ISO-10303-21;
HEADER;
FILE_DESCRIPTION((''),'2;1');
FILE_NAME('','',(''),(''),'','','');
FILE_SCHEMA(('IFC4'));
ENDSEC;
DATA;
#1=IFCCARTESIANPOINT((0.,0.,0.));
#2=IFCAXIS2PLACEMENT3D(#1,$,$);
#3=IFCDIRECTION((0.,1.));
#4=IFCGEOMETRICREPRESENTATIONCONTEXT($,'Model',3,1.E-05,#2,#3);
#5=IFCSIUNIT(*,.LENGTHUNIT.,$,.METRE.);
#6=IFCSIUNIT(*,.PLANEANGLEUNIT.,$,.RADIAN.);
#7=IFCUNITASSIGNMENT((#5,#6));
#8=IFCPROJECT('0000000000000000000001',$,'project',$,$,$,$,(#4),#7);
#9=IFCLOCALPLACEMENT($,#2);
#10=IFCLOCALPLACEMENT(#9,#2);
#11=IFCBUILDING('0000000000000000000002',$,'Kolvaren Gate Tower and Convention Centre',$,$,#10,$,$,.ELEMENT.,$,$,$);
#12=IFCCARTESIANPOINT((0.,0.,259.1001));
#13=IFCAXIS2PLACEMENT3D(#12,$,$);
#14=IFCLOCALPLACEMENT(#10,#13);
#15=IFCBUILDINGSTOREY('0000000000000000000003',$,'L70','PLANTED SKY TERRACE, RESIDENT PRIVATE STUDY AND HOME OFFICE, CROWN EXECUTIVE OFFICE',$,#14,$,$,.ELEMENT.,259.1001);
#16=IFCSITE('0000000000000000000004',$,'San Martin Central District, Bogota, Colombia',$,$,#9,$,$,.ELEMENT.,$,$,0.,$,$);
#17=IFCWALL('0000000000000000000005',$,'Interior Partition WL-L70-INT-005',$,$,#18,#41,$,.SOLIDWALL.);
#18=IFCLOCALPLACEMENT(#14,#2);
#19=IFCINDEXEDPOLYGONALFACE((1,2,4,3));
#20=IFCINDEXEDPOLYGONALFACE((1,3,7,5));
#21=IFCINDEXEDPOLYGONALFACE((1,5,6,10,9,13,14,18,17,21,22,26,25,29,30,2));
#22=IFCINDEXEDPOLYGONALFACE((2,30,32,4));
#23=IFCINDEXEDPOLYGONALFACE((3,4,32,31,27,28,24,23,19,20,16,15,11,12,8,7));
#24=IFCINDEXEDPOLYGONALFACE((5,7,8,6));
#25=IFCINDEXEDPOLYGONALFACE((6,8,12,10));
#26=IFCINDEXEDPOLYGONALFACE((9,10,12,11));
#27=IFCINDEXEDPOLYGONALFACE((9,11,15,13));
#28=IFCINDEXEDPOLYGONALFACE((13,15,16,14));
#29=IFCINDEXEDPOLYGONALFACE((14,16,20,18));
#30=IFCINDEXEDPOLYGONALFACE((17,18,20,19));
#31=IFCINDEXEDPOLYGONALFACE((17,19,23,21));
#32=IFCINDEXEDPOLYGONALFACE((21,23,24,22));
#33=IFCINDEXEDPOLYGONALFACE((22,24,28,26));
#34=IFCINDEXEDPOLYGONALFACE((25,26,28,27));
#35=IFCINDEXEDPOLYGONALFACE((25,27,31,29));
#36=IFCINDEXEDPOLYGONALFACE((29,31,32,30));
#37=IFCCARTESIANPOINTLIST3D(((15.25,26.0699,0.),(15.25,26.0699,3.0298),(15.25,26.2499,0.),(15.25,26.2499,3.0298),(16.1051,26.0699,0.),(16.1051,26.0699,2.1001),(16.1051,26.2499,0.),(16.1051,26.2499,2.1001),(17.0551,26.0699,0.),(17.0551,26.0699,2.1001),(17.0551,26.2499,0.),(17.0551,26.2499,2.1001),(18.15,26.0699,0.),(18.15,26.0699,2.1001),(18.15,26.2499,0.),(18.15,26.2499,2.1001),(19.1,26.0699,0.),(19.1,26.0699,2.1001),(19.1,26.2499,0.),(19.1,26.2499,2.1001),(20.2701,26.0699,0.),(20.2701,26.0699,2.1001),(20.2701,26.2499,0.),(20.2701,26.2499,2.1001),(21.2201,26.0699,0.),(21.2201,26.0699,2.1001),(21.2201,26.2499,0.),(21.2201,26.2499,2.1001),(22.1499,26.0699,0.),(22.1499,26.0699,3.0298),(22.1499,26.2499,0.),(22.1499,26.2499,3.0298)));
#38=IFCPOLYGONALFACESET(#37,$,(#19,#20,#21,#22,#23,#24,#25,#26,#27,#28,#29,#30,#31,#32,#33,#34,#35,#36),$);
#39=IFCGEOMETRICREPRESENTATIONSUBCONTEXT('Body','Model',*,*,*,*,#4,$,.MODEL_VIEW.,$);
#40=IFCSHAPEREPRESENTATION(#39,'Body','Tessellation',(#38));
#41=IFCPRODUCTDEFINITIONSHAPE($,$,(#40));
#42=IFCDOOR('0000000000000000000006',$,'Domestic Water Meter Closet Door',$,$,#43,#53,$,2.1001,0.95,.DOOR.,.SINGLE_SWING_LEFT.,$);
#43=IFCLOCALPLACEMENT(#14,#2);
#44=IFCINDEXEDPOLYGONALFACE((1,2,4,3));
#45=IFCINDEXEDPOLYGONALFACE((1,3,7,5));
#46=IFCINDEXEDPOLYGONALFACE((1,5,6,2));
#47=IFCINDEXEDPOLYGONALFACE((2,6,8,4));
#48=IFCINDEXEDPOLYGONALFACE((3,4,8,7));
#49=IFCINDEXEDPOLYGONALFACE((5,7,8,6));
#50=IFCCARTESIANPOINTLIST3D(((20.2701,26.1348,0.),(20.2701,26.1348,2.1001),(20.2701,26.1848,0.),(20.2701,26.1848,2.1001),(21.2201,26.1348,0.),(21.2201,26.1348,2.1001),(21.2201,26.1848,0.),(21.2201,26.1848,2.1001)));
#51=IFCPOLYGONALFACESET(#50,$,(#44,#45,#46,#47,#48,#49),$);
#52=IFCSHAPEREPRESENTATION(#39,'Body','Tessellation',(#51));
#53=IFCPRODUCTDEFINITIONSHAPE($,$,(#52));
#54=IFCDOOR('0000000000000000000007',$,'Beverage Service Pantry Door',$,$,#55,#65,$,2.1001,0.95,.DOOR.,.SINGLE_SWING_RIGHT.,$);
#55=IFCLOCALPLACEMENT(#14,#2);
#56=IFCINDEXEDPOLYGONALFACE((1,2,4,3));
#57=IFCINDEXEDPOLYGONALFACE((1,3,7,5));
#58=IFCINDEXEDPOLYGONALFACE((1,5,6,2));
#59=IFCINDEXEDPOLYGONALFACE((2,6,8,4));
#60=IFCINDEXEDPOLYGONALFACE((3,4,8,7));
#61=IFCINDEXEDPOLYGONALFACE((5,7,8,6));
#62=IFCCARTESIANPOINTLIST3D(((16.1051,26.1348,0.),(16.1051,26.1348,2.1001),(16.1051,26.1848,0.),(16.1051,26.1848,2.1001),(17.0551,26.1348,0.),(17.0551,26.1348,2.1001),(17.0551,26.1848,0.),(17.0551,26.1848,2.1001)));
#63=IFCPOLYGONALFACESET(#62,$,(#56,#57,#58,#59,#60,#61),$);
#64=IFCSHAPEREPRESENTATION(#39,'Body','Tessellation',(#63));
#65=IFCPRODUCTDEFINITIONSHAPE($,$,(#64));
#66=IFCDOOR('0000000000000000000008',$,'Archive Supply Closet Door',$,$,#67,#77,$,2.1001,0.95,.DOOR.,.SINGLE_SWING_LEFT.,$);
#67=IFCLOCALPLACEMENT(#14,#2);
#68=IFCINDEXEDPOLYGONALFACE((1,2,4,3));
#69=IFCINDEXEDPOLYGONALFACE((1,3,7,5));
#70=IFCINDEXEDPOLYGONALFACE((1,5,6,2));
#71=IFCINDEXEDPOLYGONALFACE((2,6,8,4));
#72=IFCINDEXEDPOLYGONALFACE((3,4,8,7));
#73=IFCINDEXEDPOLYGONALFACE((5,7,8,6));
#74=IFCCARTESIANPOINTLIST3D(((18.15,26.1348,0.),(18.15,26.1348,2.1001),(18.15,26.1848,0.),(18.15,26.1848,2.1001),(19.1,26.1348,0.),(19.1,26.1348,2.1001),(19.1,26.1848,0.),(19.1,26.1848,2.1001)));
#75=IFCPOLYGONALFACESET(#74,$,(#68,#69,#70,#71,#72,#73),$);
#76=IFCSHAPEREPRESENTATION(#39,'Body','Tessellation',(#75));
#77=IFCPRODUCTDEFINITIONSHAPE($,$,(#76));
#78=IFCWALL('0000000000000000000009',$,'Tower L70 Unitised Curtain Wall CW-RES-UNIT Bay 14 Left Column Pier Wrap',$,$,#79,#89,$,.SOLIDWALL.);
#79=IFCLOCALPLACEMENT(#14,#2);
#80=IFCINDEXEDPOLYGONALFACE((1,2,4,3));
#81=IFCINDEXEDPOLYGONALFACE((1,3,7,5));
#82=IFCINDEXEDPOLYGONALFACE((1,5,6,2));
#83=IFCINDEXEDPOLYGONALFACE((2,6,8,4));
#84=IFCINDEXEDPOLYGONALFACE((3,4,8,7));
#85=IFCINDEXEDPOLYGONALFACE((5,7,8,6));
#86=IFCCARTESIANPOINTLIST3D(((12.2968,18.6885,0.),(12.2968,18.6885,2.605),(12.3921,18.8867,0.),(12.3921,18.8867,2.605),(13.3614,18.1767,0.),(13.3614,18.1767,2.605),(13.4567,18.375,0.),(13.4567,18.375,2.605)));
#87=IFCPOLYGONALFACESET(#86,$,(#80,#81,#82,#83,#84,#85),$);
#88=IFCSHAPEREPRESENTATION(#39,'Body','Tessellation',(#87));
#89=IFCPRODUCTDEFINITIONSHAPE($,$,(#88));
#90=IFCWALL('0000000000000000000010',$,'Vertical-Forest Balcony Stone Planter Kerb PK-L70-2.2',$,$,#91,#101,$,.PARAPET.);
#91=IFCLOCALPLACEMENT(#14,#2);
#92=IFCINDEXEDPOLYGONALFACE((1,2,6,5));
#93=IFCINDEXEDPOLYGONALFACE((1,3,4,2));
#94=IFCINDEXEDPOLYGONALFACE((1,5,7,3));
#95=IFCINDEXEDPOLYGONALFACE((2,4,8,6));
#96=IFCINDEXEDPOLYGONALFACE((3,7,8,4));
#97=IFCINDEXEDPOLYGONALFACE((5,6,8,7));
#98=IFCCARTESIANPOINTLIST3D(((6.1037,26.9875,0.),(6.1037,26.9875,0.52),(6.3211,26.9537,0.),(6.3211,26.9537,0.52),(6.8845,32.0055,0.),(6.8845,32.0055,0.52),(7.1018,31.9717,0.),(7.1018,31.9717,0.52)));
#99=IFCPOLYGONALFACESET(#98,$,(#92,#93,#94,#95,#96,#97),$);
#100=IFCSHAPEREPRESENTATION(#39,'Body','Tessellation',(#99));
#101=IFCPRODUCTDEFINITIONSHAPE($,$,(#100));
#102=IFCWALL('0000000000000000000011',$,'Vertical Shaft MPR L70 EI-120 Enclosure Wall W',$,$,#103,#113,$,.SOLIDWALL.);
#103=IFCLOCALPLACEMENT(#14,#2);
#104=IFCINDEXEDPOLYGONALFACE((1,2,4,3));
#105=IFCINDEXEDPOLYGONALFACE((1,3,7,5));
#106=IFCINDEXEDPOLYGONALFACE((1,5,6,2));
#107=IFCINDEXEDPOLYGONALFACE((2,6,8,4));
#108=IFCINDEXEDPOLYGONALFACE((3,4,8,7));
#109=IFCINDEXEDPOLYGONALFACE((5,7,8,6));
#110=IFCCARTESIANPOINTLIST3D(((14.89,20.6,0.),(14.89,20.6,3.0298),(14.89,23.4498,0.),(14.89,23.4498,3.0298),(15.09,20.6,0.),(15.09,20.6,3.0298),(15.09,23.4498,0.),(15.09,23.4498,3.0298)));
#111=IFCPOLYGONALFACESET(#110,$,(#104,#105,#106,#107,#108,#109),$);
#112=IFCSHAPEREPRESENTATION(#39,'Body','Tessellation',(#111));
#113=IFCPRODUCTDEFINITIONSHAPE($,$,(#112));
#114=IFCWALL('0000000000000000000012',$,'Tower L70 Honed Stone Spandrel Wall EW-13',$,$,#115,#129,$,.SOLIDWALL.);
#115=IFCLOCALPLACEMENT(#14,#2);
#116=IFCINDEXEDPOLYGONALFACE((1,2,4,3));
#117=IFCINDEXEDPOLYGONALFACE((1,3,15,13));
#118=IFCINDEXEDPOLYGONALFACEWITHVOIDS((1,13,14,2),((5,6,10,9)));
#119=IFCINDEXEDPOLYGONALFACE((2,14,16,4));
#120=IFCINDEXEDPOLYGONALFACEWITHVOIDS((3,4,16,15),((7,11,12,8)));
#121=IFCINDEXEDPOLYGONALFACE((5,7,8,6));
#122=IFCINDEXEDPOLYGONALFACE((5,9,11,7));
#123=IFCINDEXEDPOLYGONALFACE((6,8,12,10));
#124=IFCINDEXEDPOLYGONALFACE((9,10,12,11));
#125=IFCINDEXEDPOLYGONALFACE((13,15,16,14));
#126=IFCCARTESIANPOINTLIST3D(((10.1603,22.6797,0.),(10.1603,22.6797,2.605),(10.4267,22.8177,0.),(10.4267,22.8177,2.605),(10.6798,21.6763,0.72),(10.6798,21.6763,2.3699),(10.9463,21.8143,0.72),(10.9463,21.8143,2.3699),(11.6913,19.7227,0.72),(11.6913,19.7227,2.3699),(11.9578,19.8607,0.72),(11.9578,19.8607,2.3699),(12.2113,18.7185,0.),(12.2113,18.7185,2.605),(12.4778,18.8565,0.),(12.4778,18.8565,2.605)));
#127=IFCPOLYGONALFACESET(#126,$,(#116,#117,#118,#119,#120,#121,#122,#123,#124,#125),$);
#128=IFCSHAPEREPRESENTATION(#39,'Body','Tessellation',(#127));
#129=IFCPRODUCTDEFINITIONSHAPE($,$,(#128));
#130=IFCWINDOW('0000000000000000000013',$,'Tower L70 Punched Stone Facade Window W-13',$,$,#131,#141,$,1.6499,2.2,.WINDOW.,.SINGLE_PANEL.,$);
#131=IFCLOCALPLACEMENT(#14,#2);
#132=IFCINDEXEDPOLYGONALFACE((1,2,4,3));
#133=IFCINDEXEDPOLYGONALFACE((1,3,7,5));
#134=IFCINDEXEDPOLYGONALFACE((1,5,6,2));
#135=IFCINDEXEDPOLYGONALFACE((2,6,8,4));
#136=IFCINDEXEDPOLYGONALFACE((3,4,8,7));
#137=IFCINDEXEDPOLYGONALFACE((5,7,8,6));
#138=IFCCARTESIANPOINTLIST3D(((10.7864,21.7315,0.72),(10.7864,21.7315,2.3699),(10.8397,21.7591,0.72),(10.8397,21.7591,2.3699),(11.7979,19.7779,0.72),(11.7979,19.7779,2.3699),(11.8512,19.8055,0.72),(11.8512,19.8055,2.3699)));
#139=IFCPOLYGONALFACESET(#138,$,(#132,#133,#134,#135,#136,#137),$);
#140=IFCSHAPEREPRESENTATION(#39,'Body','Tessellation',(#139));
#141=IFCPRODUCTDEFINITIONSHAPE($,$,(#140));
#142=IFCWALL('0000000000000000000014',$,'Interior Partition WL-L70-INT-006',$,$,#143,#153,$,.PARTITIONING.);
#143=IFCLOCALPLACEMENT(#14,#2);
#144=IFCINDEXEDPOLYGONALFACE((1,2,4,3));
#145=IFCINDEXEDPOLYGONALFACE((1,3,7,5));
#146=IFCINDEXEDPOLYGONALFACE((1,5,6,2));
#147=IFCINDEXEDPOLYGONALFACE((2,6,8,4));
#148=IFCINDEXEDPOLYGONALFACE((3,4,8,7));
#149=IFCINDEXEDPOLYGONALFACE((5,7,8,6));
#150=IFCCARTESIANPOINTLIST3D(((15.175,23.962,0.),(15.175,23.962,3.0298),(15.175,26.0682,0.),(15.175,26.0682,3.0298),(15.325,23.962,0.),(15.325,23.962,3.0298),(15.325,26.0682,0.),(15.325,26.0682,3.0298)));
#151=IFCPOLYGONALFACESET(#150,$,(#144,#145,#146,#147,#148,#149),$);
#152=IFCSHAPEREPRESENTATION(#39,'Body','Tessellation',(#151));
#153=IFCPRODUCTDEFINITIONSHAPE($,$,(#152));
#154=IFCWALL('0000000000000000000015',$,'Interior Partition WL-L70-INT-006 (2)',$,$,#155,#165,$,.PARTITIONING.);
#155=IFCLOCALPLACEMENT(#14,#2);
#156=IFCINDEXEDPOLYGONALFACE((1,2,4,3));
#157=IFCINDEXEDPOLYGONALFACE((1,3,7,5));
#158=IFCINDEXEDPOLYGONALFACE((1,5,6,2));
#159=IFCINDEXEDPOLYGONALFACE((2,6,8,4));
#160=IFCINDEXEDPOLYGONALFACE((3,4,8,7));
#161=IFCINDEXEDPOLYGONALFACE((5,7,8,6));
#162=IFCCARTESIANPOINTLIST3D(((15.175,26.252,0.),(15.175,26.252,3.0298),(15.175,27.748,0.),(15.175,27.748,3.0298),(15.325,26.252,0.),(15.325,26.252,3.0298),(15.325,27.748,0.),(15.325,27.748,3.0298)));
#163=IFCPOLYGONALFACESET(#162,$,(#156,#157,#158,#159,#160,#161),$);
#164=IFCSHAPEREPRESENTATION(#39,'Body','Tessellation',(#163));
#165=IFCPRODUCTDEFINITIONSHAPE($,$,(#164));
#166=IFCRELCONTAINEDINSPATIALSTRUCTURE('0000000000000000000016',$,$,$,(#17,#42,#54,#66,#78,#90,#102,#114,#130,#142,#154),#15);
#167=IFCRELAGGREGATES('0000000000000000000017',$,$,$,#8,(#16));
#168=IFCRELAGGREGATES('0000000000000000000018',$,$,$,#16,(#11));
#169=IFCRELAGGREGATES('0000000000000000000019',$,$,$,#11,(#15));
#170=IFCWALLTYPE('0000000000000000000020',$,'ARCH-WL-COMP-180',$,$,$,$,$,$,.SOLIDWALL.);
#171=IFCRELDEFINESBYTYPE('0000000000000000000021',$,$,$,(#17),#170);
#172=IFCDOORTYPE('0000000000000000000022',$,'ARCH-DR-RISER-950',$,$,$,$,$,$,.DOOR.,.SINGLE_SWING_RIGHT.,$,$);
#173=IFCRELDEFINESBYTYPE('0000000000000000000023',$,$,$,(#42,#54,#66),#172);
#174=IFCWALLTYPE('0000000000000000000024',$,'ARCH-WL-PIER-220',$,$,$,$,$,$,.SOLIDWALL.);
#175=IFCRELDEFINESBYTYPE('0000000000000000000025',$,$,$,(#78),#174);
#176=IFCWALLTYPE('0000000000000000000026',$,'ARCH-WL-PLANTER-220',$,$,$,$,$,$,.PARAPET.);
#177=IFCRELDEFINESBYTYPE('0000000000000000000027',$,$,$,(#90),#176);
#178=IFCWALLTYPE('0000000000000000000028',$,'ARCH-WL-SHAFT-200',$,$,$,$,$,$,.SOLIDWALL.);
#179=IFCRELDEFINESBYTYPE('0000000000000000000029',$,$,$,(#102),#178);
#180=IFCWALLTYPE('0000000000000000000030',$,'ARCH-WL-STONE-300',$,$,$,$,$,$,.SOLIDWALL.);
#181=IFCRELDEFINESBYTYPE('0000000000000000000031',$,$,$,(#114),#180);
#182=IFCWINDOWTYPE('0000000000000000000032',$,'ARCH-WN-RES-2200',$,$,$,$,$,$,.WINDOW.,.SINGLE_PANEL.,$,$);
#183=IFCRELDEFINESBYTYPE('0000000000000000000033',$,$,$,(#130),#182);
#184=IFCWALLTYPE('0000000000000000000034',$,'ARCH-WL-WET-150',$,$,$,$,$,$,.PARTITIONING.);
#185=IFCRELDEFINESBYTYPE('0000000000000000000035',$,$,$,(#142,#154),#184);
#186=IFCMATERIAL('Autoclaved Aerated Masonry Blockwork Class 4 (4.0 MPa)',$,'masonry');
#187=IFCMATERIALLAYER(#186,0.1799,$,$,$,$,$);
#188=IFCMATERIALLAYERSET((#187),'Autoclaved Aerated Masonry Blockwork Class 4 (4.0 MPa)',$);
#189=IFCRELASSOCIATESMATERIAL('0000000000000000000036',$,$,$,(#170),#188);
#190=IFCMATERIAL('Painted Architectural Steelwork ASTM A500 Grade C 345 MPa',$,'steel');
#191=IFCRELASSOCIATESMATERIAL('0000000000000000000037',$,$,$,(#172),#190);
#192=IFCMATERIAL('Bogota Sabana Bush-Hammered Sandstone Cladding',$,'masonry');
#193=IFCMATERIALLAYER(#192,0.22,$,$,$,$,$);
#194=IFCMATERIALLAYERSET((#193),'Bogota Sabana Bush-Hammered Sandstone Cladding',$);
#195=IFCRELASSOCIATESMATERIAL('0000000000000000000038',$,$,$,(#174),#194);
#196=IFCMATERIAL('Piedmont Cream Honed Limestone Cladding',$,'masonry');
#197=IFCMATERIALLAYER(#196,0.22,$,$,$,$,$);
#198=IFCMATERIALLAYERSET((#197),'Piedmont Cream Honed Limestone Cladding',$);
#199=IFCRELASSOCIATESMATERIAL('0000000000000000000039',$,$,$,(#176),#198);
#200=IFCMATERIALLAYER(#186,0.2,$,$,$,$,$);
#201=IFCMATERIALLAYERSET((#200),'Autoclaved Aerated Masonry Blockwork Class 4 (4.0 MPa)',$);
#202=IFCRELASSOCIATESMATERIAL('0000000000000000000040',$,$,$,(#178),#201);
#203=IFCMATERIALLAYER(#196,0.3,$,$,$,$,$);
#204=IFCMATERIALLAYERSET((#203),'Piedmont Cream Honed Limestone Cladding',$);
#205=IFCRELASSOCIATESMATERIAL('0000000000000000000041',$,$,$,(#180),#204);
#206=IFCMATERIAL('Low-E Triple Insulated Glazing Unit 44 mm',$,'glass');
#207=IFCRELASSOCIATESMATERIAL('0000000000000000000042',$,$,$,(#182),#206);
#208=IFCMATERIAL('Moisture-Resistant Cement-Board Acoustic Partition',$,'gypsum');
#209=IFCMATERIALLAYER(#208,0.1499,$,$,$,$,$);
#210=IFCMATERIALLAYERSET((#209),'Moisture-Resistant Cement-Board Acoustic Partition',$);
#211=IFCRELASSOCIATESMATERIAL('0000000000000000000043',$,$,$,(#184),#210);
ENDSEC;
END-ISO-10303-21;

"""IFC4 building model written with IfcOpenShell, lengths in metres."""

from ifc_helpers import new_model, si_unit, direction, frame, frame_2d, origin, place, context, subcontext, project, spatial, rectangle, extrude, material, layer, layer_set, type_object, element, fill, save


model = new_model("IFC4")

# Units and contexts
model_context = context("Model", 3, precision=1e-05, world=origin(), true_north=direction((0.0, 1.0)))
body_context = subcontext(model_context, "Body", "Model", "MODEL_VIEW")
ifc_project = project(units=[si_unit("LENGTHUNIT", "METRE"), si_unit("PLANEANGLEUNIT", "RADIAN")], contexts=[model_context])

# Site, building, storey
site_placement = place(None, origin())
site = spatial("IfcSite", under=ifc_project, at=site_placement, Name="San Martin Central District, Bogota, Colombia", CompositionType="ELEMENT", RefElevation=0.0)
building_placement = place(site_placement, origin())
building = spatial("IfcBuilding", under=site, at=building_placement, Name="Kolvaren Gate Tower and Convention Centre", CompositionType="ELEMENT")
storey_placement = place(building_placement, frame((0.0, 0.0, 259.1001)))
storey = spatial("IfcBuildingStorey", under=building, at=storey_placement, Name="L70", Description="PLANTED SKY TERRACE, RESIDENT PRIVATE STUDY AND HOME OFFICE, CROWN EXECUTIVE OFFICE", CompositionType="ELEMENT", Elevation=259.1001)

# Shared definitions
ifc_material_1 = material(Name="Low-E Triple Insulated Glazing Unit 44 mm", Category="glass")

# Wall, openings, doors
ifc_material_2 = material(Name="Autoclaved Aerated Masonry Blockwork Class 4 (4.0 MPa)", Category="masonry")
ifc_layer_1 = layer(ifc_material_2, 0.1799)
ifc_layer_set_1 = layer_set([ifc_layer_1], Name="Autoclaved Aerated Masonry Blockwork Class 4 (4.0 MPa)")
wall_type_1 = type_object("IfcWallType", Name="ARCH-WL-COMP-180", PredefinedType="SOLIDWALL", material=ifc_layer_set_1)
wall_1_placement = place(storey_placement, frame((15.25, 26.1599, 0.0), z_axis=(0.0, 0.0, 1.0), x_axis=(1.0, 0.0, 0.0)))
wall_1 = element("IfcWall", 1, at=wall_1_placement, inside=storey, type_object=wall_type_1, Name="Interior Partition WL-L70-INT-005", PredefinedType="SOLIDWALL", context=body_context, shape_type="SweptSolid", body=[
    extrude(rectangle(XDim=6.8999, YDim=0.1799, at=frame_2d((3.45, 0.0))), origin(), (0.0, 0.0, 1.0), 3.0298),
])
opening_1_placement = place(wall_1_placement, frame((5.02, 0.0, 0.0)))
opening_1 = element("IfcOpeningElement", 2, at=opening_1_placement, cuts=wall_1, PredefinedType="OPENING", context=body_context, shape_type="SweptSolid", body=[
    extrude(rectangle(XDim=0.95, YDim=2.1001, at=frame_2d((0.4751, 1.05))), frame((0.0, 0.0999, 0.0), z_axis=(0.0, -1.0, 0.0), x_axis=(1.0, 0.0, 0.0)), (0.0, 0.0, 1.0), 0.2),
])
opening_2_placement = place(wall_1_placement, frame((0.855, 0.0, 0.0)))
opening_2 = element("IfcOpeningElement", 3, at=opening_2_placement, cuts=wall_1, PredefinedType="OPENING", context=body_context, shape_type="SweptSolid", body=[
    extrude(rectangle(XDim=0.95, YDim=2.1001, at=frame_2d((0.4751, 1.05))), frame((0.0, 0.0999, 0.0), z_axis=(0.0, -1.0, 0.0), x_axis=(1.0, 0.0, 0.0)), (0.0, 0.0, 1.0), 0.2),
])
opening_3_placement = place(wall_1_placement, frame((2.8999, 0.0, 0.0)))
opening_3 = element("IfcOpeningElement", 4, at=opening_3_placement, cuts=wall_1, PredefinedType="OPENING", context=body_context, shape_type="SweptSolid", body=[
    extrude(rectangle(XDim=0.95, YDim=2.1001, at=frame_2d((0.4751, 1.05))), frame((0.0, 0.0999, 0.0), z_axis=(0.0, -1.0, 0.0), x_axis=(1.0, 0.0, 0.0)), (0.0, 0.0, 1.0), 0.2),
])
ifc_material_3 = material(Name="Painted Architectural Steelwork ASTM A500 Grade C 345 MPa", Category="steel")
door_type = type_object("IfcDoorType", Name="ARCH-DR-RISER-950", OperationType="SINGLE_SWING_RIGHT", PredefinedType="DOOR", material=ifc_material_3)
door_1_placement = place(opening_1_placement, origin())
door_1 = element("IfcDoor", 5, at=door_1_placement, inside=storey, type_object=door_type, Name="Domestic Water Meter Closet Door", OperationType="SINGLE_SWING_LEFT", OverallHeight=2.1001, OverallWidth=0.95, PredefinedType="DOOR", context=body_context, shape_type="SweptSolid", body=[
    extrude(rectangle(XDim=0.95, YDim=2.1001, at=frame_2d((0.4751, 1.05))), frame((0.0, 0.0249, 0.0), z_axis=(0.0, -1.0, 0.0), x_axis=(1.0, 0.0, 0.0)), (0.0, 0.0, 1.0), 0.05),
])
fill(opening_1, door_1)
door_2_placement = place(opening_2_placement, origin())
door_2 = element("IfcDoor", 6, at=door_2_placement, inside=storey, type_object=door_type, Name="Beverage Service Pantry Door", OperationType="SINGLE_SWING_RIGHT", OverallHeight=2.1001, OverallWidth=0.95, PredefinedType="DOOR", context=body_context, shape_type="SweptSolid", body=[
    extrude(rectangle(XDim=0.95, YDim=2.1001, at=frame_2d((0.4751, 1.05))), frame((0.0, 0.0249, 0.0), z_axis=(0.0, -1.0, 0.0), x_axis=(1.0, 0.0, 0.0)), (0.0, 0.0, 1.0), 0.05),
])
fill(opening_2, door_2)
door_3_placement = place(opening_3_placement, origin())
door_3 = element("IfcDoor", 7, at=door_3_placement, inside=storey, type_object=door_type, Name="Archive Supply Closet Door", OperationType="SINGLE_SWING_LEFT", OverallHeight=2.1001, OverallWidth=0.95, PredefinedType="DOOR", context=body_context, shape_type="SweptSolid", body=[
    extrude(rectangle(XDim=0.95, YDim=2.1001, at=frame_2d((0.4751, 1.05))), frame((0.0, 0.0249, 0.0), z_axis=(0.0, -1.0, 0.0), x_axis=(1.0, 0.0, 0.0)), (0.0, 0.0, 1.0), 0.05),
])
fill(opening_3, door_3)

# Walls
ifc_material_4 = material(Name="Bogota Sabana Bush-Hammered Sandstone Cladding", Category="masonry")
ifc_layer_2 = layer(ifc_material_4, 0.22)
ifc_layer_set_2 = layer_set([ifc_layer_2], Name="Bogota Sabana Bush-Hammered Sandstone Cladding")
wall_type_2 = type_object("IfcWallType", Name="ARCH-WL-PIER-220", PredefinedType="SOLIDWALL", material=ifc_layer_set_2)
wall_2_placement = place(storey_placement, frame((12.3445, 18.7876, 0.0), z_axis=(0.0, 0.0, 1.0), x_axis=(0.901265, -0.433269, 0.0)))
element("IfcWall", 8, at=wall_2_placement, inside=storey, type_object=wall_type_2, Name="Tower L70 Unitised Curtain Wall CW-RES-UNIT Bay 14 Left Column Pier Wrap", PredefinedType="SOLIDWALL", context=body_context, shape_type="SweptSolid", body=[
    extrude(rectangle(XDim=1.1812, YDim=0.22, at=frame_2d((0.5906, 0.0))), origin(), (0.0, 0.0, 1.0), 2.605),
])
ifc_material_5 = material(Name="Piedmont Cream Honed Limestone Cladding", Category="masonry")
ifc_layer_3 = layer(ifc_material_5, 0.22)
ifc_layer_set_3 = layer_set([ifc_layer_3], Name="Piedmont Cream Honed Limestone Cladding")
wall_type_3 = type_object("IfcWallType", Name="ARCH-WL-PLANTER-220", PredefinedType="PARAPET", material=ifc_layer_set_3)
wall_3_placement = place(storey_placement, frame((6.2124, 26.9707, 0.0), z_axis=(0.0, 0.0, 1.0), x_axis=(0.15374, 0.988111, 0.0)))
element("IfcWall", 9, at=wall_3_placement, inside=storey, type_object=wall_type_3, Name="Vertical-Forest Balcony Stone Planter Kerb PK-L70-2.2", PredefinedType="PARAPET", context=body_context, shape_type="SweptSolid", body=[
    extrude(rectangle(XDim=5.0784, YDim=0.22, at=frame_2d((2.5391, 0.0))), origin(), (0.0, 0.0, 1.0), 0.52),
])
ifc_layer_4 = layer(ifc_material_2, 0.2)
ifc_layer_set_4 = layer_set([ifc_layer_4], Name="Autoclaved Aerated Masonry Blockwork Class 4 (4.0 MPa)")
wall_type_4 = type_object("IfcWallType", Name="ARCH-WL-SHAFT-200", PredefinedType="SOLIDWALL", material=ifc_layer_set_4)
wall_4_placement = place(storey_placement, frame((14.99, 20.6001, 0.0), z_axis=(0.0, 0.0, 1.0), x_axis=(0.0, 1.0, 0.0)))
element("IfcWall", 10, at=wall_4_placement, inside=storey, type_object=wall_type_4, Name="Vertical Shaft MPR L70 EI-120 Enclosure Wall W", PredefinedType="SOLIDWALL", context=body_context, shape_type="SweptSolid", body=[
    extrude(rectangle(XDim=2.8499, YDim=0.2, at=frame_2d((1.4248, 0.0))), origin(), (0.0, 0.0, 1.0), 3.0298),
])

# Wall, opening, window
ifc_layer_5 = layer(ifc_material_5, 0.3)
ifc_layer_set_5 = layer_set([ifc_layer_5], Name="Piedmont Cream Honed Limestone Cladding")
wall_type_5 = type_object("IfcWallType", Name="ARCH-WL-STONE-300", PredefinedType="SOLIDWALL", material=ifc_layer_set_5)
wall_5_placement = place(storey_placement, frame((10.2935, 22.7488, 0.0), z_axis=(0.0, 0.0, 1.0), x_axis=(0.459801, -0.888022, 0.0)))
wall_5 = element("IfcWall", 11, at=wall_5_placement, inside=storey, type_object=wall_type_5, Name="Tower L70 Honed Stone Spandrel Wall EW-13", PredefinedType="SOLIDWALL", context=body_context, shape_type="SweptSolid", body=[
    extrude(rectangle(XDim=4.4607, YDim=0.3, at=frame_2d((2.2305, 0.0))), origin(), (0.0, 0.0, 1.0), 2.605),
])
opening_4_placement = place(wall_5_placement, frame((1.1299, 0.0, 0.72)))
opening_4 = element("IfcOpeningElement", 12, at=opening_4_placement, cuts=wall_5, PredefinedType="OPENING", context=body_context, shape_type="SweptSolid", body=[
    extrude(rectangle(XDim=2.2, YDim=1.6499, at=frame_2d((1.1001, 0.825))), frame((0.0, 0.1599, 0.0), z_axis=(0.0, -1.0, 0.0), x_axis=(1.0, 0.0, 0.0)), (0.0, 0.0, 1.0), 0.3201),
])
window_type = type_object("IfcWindowType", Name="ARCH-WN-RES-2200", PartitioningType="SINGLE_PANEL", PredefinedType="WINDOW", material=ifc_material_1)
window_placement = place(opening_4_placement, origin())
window = element("IfcWindow", 13, at=window_placement, inside=storey, type_object=window_type, Name="Tower L70 Punched Stone Facade Window W-13", OverallHeight=1.6499, OverallWidth=2.2, PartitioningType="SINGLE_PANEL", PredefinedType="WINDOW", context=body_context, shape_type="SweptSolid", body=[
    extrude(rectangle(XDim=2.2, YDim=1.6499, at=frame_2d((1.1001, 0.825))), frame((0.0, 0.03, 0.0), z_axis=(0.0, -1.0, 0.0), x_axis=(1.0, 0.0, 0.0)), (0.0, 0.0, 1.0), 0.0601),
])
fill(opening_4, window)

# Walls
ifc_material_6 = material(Name="Moisture-Resistant Cement-Board Acoustic Partition", Category="gypsum")
ifc_layer_6 = layer(ifc_material_6, 0.1499)
ifc_layer_set_6 = layer_set([ifc_layer_6], Name="Moisture-Resistant Cement-Board Acoustic Partition")
wall_type_6 = type_object("IfcWallType", Name="ARCH-WL-WET-150", PredefinedType="PARTITIONING", material=ifc_layer_set_6)
wall_6_placement = place(storey_placement, frame((15.25, 23.9619, 0.0), z_axis=(0.0, 0.0, 1.0), x_axis=(0.0, 1.0, 0.0)))
element("IfcWall", 14, at=wall_6_placement, inside=storey, type_object=wall_type_6, Name="Interior Partition WL-L70-INT-006", PredefinedType="PARTITIONING", context=body_context, shape_type="SweptSolid", body=[
    extrude(rectangle(XDim=2.1062, YDim=0.1499, at=frame_2d((1.0532, 0.0))), origin(), (0.0, 0.0, 1.0), 3.0298),
])
wall_7_placement = place(storey_placement, frame((15.25, 26.252, 0.0), z_axis=(0.0, 0.0, 1.0), x_axis=(0.0, 1.0, 0.0)))
element("IfcWall", 15, at=wall_7_placement, inside=storey, type_object=wall_type_6, Name="Interior Partition WL-L70-INT-006 (2)", PredefinedType="PARTITIONING", context=body_context, shape_type="SweptSolid", body=[
    extrude(rectangle(XDim=1.4961, YDim=0.1499, at=frame_2d((0.748, 0.0))), origin(), (0.0, 0.0, 1.0), 3.0298),
])

save(model, "model.ifc")
